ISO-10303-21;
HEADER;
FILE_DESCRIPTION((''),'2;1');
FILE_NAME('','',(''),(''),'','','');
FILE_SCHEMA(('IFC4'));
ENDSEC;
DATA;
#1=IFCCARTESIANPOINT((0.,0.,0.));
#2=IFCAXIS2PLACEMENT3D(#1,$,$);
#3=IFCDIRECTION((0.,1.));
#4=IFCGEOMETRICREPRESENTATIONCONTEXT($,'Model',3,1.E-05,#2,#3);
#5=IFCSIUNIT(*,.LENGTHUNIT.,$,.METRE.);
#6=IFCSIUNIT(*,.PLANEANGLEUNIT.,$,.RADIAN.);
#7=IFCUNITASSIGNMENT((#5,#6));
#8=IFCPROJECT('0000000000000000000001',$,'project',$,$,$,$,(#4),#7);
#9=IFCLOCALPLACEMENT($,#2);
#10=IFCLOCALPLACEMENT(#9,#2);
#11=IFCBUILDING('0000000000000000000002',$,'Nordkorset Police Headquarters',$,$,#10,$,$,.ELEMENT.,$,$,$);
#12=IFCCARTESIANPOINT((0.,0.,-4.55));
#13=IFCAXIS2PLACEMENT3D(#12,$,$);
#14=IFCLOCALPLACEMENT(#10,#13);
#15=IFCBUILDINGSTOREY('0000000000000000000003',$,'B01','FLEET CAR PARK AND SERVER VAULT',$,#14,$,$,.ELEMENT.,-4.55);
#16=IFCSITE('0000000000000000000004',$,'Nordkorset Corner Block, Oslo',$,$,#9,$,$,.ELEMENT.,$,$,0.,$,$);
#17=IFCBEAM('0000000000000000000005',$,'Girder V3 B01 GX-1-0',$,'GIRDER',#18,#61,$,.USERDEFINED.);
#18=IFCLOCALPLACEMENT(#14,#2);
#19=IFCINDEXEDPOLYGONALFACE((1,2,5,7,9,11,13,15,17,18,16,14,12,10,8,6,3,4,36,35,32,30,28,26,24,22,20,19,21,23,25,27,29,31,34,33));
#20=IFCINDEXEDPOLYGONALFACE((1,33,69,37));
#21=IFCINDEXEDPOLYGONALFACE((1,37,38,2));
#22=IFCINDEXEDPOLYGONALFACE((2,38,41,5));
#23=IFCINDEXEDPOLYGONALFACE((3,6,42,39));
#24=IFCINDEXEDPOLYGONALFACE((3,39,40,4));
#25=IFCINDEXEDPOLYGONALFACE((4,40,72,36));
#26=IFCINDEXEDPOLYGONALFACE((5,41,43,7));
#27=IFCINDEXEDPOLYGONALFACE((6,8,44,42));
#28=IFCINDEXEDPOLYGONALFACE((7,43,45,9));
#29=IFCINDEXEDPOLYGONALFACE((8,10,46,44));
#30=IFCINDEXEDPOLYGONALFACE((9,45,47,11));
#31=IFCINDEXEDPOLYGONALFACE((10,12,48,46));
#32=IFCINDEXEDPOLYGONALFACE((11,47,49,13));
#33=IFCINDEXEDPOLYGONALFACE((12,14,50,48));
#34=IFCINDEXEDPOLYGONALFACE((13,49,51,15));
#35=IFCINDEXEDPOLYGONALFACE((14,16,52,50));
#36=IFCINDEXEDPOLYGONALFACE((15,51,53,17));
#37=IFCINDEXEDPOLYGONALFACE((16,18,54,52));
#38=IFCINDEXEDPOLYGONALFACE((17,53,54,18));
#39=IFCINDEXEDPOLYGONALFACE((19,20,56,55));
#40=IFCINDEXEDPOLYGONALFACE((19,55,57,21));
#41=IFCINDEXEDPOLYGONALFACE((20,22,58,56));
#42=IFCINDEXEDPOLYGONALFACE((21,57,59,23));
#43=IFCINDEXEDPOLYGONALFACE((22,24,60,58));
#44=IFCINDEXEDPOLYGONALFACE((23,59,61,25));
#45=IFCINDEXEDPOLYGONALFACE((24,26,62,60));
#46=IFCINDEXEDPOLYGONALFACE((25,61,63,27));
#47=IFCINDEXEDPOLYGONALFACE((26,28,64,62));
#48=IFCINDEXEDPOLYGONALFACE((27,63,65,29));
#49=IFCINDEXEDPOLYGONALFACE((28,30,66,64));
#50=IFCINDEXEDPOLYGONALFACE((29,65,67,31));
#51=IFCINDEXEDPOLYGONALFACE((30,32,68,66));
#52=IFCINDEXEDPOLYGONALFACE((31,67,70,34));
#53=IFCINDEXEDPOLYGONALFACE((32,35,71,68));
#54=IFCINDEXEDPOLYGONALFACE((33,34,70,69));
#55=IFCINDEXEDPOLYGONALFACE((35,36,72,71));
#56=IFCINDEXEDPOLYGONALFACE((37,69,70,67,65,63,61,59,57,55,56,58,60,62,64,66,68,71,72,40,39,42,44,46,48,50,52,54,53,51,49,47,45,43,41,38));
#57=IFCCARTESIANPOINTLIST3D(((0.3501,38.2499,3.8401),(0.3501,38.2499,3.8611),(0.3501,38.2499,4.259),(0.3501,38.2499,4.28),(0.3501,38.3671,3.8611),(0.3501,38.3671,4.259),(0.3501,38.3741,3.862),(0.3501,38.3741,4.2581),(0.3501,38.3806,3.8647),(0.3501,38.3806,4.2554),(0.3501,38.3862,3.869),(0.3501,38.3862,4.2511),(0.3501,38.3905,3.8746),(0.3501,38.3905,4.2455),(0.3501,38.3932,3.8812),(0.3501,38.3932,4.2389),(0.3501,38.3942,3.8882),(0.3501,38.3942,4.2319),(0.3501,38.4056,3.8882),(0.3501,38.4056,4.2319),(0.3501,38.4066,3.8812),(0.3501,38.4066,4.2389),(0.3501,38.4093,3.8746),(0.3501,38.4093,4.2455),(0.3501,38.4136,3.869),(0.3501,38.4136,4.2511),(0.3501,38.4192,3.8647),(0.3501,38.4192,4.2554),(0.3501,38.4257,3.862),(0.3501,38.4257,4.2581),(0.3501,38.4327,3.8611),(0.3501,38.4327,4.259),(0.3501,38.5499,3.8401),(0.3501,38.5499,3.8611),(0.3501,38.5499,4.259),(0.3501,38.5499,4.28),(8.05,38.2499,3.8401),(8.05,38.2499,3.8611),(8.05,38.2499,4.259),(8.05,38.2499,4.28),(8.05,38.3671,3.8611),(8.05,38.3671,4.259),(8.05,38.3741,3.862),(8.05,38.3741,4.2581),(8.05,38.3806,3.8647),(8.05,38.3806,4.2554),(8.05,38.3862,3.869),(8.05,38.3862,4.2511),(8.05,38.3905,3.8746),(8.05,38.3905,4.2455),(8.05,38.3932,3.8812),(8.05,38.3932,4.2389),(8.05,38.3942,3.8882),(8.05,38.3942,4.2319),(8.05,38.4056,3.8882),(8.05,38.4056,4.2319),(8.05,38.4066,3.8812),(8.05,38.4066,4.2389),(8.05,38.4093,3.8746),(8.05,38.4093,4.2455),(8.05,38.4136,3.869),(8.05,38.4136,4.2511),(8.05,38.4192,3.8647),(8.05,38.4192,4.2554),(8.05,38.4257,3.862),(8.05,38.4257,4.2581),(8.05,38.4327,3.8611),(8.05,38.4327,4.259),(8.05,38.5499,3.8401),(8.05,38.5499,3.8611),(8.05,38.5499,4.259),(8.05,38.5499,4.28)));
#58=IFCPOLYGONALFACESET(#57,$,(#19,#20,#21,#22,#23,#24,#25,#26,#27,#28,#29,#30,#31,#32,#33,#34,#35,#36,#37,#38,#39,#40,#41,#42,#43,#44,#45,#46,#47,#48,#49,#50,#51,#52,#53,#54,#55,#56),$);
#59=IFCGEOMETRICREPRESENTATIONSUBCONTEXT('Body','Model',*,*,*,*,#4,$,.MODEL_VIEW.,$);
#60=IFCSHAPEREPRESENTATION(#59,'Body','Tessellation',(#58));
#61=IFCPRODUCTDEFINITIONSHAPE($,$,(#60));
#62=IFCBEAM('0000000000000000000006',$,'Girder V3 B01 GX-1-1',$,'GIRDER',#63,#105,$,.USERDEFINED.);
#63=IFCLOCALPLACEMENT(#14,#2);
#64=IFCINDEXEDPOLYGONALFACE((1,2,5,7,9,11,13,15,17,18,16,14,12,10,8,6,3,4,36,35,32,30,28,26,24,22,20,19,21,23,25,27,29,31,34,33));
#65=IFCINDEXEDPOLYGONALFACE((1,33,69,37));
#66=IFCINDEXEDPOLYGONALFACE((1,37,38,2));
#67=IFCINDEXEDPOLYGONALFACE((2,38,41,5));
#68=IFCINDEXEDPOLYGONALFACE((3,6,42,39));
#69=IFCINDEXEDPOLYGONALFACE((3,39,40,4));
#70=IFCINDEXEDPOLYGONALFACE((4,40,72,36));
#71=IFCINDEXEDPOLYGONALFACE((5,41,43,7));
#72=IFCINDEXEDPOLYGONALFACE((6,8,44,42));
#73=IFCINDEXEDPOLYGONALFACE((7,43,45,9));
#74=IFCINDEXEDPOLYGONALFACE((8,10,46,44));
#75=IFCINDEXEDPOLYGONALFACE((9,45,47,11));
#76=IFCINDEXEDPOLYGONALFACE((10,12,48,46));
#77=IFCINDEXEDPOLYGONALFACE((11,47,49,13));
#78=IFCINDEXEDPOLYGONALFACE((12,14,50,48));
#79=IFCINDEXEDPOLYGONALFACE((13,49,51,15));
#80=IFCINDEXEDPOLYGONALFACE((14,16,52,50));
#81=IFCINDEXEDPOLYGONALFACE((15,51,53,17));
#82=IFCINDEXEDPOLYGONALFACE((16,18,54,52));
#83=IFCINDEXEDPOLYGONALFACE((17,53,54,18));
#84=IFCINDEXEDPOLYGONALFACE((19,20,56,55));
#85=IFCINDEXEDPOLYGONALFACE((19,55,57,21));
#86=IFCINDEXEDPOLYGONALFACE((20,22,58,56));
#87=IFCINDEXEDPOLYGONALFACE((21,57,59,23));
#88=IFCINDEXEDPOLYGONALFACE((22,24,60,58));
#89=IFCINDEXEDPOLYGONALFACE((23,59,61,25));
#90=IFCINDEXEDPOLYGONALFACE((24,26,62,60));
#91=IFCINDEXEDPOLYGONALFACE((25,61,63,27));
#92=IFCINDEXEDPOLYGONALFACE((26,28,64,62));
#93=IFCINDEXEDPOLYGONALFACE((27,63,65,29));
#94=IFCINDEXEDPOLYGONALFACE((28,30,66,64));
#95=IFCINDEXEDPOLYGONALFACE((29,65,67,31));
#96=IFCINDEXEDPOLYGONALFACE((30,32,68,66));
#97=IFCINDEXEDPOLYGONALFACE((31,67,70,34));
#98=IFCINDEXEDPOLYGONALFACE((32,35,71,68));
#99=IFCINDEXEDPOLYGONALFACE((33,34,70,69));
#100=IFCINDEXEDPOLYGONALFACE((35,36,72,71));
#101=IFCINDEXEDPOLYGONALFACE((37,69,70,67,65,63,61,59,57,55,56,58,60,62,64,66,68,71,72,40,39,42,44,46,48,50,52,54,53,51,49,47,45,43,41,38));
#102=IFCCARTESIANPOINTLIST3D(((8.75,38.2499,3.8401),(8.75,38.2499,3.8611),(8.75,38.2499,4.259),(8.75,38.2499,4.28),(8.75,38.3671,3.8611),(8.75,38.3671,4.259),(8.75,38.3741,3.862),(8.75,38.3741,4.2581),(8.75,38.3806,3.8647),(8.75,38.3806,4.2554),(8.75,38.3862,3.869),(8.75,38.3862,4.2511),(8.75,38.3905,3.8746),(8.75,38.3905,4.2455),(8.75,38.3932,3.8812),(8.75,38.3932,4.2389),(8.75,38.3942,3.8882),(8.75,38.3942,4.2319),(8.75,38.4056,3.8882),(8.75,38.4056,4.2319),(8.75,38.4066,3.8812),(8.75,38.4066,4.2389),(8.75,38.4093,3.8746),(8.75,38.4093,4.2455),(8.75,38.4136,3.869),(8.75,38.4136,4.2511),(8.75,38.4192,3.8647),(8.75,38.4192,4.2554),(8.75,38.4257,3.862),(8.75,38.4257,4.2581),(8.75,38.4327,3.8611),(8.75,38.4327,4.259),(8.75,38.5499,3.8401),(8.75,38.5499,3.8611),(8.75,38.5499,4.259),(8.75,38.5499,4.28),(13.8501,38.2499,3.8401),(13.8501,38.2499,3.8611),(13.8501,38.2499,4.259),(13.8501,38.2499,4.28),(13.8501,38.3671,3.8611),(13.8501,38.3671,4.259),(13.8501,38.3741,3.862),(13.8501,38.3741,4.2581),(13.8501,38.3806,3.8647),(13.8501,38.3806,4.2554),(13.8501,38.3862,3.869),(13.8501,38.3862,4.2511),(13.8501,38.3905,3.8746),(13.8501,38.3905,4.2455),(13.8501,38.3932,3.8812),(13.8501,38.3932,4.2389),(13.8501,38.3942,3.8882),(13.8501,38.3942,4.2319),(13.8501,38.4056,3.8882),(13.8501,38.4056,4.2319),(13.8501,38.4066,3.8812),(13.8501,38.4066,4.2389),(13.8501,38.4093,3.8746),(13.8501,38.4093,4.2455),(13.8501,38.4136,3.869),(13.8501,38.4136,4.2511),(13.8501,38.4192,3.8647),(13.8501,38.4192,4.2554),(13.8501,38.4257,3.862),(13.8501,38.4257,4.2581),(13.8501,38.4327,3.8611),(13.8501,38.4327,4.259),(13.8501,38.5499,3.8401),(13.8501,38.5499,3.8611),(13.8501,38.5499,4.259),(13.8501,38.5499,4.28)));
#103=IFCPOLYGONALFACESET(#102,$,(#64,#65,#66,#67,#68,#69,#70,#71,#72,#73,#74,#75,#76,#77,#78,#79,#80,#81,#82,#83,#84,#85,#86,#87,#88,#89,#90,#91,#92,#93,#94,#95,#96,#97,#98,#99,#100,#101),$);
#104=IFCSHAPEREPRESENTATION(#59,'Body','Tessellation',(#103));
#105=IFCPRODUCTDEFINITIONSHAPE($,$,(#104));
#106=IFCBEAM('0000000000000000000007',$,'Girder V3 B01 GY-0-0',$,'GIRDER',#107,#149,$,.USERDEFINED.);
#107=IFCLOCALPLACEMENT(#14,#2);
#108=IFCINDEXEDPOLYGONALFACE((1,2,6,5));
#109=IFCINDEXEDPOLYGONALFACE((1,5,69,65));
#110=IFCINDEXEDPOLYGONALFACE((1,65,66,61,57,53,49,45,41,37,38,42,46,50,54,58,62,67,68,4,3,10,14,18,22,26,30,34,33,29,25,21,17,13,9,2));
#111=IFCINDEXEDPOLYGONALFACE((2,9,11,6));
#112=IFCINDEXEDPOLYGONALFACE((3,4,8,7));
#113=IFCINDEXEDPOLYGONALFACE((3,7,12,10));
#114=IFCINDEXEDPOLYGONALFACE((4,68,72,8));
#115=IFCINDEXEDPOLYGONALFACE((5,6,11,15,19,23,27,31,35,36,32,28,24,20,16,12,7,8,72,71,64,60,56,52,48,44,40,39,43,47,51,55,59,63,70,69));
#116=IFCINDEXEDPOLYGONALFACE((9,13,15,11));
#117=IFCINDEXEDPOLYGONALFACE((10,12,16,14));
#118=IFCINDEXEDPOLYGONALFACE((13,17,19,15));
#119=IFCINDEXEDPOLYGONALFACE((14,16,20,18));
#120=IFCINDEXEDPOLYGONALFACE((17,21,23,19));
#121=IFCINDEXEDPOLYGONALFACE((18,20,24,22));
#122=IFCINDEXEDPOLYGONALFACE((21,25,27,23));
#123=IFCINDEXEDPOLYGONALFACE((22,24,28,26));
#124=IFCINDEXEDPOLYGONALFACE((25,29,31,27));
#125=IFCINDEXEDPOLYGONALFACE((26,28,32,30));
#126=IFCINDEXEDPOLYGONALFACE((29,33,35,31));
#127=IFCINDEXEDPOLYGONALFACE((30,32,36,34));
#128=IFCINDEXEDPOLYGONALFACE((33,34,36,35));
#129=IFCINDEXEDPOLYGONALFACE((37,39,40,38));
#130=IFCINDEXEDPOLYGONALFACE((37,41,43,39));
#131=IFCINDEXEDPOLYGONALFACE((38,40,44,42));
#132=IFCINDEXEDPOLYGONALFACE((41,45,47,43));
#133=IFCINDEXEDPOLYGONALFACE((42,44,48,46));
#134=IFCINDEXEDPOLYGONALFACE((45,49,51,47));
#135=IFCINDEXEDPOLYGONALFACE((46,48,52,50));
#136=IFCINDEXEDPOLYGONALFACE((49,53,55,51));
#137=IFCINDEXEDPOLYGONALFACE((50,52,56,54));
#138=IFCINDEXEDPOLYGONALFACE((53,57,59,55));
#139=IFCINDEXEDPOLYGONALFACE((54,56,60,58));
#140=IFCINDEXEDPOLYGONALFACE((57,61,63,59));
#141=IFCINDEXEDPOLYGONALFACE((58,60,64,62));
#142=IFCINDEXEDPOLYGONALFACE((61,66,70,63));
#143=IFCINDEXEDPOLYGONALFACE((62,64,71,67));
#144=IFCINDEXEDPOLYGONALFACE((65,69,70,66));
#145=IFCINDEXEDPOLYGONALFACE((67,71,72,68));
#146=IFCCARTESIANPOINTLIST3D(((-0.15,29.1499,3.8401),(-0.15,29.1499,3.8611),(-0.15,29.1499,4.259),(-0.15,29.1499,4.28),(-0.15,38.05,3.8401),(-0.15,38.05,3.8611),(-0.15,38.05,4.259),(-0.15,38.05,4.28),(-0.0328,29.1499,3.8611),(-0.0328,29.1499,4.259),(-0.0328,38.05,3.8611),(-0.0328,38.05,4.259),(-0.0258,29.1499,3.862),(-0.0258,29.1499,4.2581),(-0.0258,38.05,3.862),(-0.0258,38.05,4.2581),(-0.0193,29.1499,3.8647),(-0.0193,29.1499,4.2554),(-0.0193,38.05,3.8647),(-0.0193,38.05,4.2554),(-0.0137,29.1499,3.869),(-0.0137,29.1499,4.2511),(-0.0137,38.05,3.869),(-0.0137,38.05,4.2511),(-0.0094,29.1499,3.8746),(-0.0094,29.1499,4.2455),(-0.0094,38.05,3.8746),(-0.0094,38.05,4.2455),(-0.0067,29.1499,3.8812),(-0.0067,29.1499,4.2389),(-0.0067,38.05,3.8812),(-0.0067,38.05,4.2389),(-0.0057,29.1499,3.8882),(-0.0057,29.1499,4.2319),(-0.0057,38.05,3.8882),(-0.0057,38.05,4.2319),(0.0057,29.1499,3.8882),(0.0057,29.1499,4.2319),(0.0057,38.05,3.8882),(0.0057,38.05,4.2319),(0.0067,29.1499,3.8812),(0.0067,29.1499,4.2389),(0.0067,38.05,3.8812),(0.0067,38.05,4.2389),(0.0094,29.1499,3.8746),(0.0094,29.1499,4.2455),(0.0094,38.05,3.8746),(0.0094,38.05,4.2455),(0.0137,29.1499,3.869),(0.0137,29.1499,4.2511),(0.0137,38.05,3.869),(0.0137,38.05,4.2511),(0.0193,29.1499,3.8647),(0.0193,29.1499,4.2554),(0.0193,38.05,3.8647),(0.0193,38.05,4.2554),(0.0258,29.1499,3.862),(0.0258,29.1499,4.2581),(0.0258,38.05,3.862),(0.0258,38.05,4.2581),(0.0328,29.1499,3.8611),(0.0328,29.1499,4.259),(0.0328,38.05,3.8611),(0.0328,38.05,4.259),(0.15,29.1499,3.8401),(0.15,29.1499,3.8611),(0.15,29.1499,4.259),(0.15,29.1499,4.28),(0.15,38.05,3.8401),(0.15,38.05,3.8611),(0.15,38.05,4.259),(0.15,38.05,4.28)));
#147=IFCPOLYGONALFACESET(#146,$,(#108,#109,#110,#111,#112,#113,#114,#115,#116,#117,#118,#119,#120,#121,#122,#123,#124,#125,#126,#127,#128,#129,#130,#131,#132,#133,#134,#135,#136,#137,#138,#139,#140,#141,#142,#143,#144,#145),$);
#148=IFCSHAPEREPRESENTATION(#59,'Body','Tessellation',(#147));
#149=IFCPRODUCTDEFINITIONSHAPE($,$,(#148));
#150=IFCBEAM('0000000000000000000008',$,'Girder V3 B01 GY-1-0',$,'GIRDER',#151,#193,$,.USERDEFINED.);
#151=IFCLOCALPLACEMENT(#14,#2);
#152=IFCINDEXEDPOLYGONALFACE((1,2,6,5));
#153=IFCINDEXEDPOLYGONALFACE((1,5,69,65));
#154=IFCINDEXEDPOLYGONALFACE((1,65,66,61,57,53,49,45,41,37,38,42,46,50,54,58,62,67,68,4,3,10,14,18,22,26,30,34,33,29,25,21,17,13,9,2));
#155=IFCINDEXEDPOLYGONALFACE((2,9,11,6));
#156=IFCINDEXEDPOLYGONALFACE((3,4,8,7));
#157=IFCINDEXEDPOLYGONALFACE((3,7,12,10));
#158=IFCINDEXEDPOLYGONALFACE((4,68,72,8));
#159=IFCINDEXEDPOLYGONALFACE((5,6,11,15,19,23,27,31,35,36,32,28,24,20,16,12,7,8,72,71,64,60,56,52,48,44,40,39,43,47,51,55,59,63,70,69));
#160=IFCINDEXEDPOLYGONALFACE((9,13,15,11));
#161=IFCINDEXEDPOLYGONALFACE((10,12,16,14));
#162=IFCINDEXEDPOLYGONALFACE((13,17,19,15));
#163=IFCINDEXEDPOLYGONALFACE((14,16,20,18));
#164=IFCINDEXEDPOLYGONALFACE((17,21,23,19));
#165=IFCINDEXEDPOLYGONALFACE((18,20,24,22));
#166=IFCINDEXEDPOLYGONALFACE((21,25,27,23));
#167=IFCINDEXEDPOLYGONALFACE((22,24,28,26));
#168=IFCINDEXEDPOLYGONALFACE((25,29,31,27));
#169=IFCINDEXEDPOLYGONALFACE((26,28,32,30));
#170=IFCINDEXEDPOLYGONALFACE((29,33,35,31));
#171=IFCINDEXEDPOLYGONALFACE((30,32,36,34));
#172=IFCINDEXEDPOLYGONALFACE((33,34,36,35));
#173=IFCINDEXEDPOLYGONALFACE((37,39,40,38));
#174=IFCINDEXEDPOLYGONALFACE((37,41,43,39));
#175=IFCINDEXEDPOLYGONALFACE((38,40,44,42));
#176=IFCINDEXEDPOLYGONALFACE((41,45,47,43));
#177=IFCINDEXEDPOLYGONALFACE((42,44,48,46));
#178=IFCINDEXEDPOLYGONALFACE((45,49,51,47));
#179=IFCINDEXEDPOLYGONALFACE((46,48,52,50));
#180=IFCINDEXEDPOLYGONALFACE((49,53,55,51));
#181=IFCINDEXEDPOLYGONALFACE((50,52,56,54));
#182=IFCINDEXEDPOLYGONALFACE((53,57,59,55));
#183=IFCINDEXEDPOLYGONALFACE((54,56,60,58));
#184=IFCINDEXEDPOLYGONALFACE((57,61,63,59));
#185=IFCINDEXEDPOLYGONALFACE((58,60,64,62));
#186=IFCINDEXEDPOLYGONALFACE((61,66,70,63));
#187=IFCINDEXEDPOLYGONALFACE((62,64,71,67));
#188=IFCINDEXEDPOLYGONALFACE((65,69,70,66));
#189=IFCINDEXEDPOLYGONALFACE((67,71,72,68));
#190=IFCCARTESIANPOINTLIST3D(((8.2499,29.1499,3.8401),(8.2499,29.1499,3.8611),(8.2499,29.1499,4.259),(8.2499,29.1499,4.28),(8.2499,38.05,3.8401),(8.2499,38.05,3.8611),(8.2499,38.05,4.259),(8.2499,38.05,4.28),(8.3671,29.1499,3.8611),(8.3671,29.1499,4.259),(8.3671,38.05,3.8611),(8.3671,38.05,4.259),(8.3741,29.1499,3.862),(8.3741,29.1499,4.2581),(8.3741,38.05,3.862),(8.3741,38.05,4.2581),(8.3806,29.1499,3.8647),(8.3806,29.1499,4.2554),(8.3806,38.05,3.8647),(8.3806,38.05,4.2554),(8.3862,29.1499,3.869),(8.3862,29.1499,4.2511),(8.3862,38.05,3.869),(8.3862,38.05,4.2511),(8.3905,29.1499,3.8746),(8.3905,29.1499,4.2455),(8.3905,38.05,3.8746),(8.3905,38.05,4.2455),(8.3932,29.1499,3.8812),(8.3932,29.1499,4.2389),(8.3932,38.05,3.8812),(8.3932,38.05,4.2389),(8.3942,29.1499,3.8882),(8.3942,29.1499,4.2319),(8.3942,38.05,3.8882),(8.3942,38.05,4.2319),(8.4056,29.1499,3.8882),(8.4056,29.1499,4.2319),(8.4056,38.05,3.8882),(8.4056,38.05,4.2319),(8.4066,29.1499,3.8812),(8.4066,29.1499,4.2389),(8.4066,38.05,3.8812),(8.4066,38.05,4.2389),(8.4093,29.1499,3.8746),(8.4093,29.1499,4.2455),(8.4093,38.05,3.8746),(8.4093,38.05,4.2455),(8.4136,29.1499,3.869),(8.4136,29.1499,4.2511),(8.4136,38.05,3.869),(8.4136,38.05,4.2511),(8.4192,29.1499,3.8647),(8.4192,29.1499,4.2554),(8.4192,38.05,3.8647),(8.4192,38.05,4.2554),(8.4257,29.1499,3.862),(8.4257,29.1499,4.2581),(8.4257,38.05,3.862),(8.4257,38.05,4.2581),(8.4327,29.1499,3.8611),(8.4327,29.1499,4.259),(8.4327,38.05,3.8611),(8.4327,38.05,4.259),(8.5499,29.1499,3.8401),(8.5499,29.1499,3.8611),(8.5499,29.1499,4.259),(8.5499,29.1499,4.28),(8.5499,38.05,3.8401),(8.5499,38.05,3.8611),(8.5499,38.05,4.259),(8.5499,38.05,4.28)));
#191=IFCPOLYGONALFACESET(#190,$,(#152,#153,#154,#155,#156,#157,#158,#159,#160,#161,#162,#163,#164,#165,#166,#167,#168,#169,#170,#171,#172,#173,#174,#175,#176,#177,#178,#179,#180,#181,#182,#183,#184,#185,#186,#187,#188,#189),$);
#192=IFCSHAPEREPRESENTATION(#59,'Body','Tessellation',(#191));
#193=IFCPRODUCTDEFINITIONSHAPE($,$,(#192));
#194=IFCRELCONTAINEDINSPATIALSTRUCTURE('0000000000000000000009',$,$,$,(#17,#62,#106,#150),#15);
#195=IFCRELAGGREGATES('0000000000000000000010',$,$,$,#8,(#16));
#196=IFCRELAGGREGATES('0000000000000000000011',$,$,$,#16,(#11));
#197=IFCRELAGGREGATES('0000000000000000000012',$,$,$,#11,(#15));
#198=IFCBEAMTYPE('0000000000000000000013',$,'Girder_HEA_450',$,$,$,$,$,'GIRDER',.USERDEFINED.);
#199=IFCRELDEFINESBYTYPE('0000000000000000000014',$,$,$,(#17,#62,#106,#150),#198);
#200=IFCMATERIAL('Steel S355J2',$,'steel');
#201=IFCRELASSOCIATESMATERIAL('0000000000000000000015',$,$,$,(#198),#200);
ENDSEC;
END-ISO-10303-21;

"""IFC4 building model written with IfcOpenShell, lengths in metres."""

from ifc_helpers import new_model, si_unit, direction, frame, origin, origin_2d, place, context, subcontext, project, spatial, i_section, extrude, material, material_profile, profile_set, type_object, element, save


model = new_model("IFC4")

# Units and contexts
model_context = context("Model", 3, precision=1e-05, world=origin(), true_north=direction((0.0, 1.0)))
body_context = subcontext(model_context, "Body", "Model", "MODEL_VIEW")
ifc_project = project(units=[si_unit("LENGTHUNIT", "METRE"), si_unit("PLANEANGLEUNIT", "RADIAN")], contexts=[model_context])

# Site, building, storey
site_placement = place(None, origin())
site = spatial("IfcSite", under=ifc_project, at=site_placement, Name="Nordkorset Corner Block, Oslo", CompositionType="ELEMENT", RefElevation=0.0)
building_placement = place(site_placement, origin())
building = spatial("IfcBuilding", under=site, at=building_placement, Name="Nordkorset Police Headquarters", CompositionType="ELEMENT")
storey_placement = place(building_placement, frame((0.0, 0.0, -4.55)))
storey = spatial("IfcBuildingStorey", under=building, at=storey_placement, Name="B01", Description="FLEET CAR PARK AND SERVER VAULT", CompositionType="ELEMENT", Elevation=-4.55)

# Beams
ifc_material_1 = material(Name="Steel S355J2", Category="steel")
ifc_material_profile_1 = material_profile(ifc_material_1, i_section(OverallWidth=0.3, OverallDepth=0.4399, WebThickness=0.0115, FlangeThickness=0.021, FilletRadius=0.0271, at=origin_2d()), Name="HEA 450")
ifc_profile_set_1 = profile_set([ifc_material_profile_1], Name="Steel S355J2")
beam_type_1 = type_object("IfcBeamType", Name="Girder_HEA_450", ElementType="GIRDER", PredefinedType="USERDEFINED", material=ifc_profile_set_1)
beam_1_placement = place(storey_placement, frame((0.3501, 38.3999, 4.0601), z_axis=(1.0, 0.0, 0.0), x_axis=(0.0, 1.0, 0.0)))
element("IfcBeam", 1, at=beam_1_placement, inside=storey, type_object=beam_type_1, Name="Girder V3 B01 GX-1-0", ObjectType="GIRDER", PredefinedType="USERDEFINED", context=body_context, shape_type="SweptSolid", body=[
    extrude(i_section(OverallWidth=0.3, OverallDepth=0.4399, WebThickness=0.0115, FlangeThickness=0.021, FilletRadius=0.0271, at=origin_2d()), origin(), (0.0, 0.0, 1.0), 7.7),
])
beam_2_placement = place(storey_placement, frame((8.75, 38.3999, 4.0601), z_axis=(1.0, 0.0, 0.0), x_axis=(0.0, 1.0, 0.0)))
element("IfcBeam", 2, at=beam_2_placement, inside=storey, type_object=beam_type_1, Name="Girder V3 B01 GX-1-1", ObjectType="GIRDER", PredefinedType="USERDEFINED", context=body_context, shape_type="SweptSolid", body=[
    extrude(i_section(OverallWidth=0.3, OverallDepth=0.4399, WebThickness=0.0115, FlangeThickness=0.021, FilletRadius=0.0271, at=origin_2d()), origin(), (0.0, 0.0, 1.0), 5.1001),
])
for number, where, z_axis, x_axis, name in (
    (3, (0.0, 29.1499, 4.0601), (0.0, 1.0, 0.0), (-1.0, 0.0, 0.0), "Girder V3 B01 GY-0-0"),
    (4, (8.3999, 29.1499, 4.0601), (0.0, 1.0, 0.0), (-1.0, 0.0, 0.0), "Girder V3 B01 GY-1-0"),
):
    element("IfcBeam", number, at=place(storey_placement, frame(where, z_axis=z_axis, x_axis=x_axis)), inside=storey, type_object=beam_type_1, Name=name, ObjectType="GIRDER", PredefinedType="USERDEFINED", context=body_context, shape_type="SweptSolid", body=[
        extrude(i_section(OverallWidth=0.3, OverallDepth=0.4399, WebThickness=0.0115, FlangeThickness=0.021, FilletRadius=0.0271, at=origin_2d()), origin(), (0.0, 0.0, 1.0), 8.9001),
    ])

save(model, "model.ifc")
